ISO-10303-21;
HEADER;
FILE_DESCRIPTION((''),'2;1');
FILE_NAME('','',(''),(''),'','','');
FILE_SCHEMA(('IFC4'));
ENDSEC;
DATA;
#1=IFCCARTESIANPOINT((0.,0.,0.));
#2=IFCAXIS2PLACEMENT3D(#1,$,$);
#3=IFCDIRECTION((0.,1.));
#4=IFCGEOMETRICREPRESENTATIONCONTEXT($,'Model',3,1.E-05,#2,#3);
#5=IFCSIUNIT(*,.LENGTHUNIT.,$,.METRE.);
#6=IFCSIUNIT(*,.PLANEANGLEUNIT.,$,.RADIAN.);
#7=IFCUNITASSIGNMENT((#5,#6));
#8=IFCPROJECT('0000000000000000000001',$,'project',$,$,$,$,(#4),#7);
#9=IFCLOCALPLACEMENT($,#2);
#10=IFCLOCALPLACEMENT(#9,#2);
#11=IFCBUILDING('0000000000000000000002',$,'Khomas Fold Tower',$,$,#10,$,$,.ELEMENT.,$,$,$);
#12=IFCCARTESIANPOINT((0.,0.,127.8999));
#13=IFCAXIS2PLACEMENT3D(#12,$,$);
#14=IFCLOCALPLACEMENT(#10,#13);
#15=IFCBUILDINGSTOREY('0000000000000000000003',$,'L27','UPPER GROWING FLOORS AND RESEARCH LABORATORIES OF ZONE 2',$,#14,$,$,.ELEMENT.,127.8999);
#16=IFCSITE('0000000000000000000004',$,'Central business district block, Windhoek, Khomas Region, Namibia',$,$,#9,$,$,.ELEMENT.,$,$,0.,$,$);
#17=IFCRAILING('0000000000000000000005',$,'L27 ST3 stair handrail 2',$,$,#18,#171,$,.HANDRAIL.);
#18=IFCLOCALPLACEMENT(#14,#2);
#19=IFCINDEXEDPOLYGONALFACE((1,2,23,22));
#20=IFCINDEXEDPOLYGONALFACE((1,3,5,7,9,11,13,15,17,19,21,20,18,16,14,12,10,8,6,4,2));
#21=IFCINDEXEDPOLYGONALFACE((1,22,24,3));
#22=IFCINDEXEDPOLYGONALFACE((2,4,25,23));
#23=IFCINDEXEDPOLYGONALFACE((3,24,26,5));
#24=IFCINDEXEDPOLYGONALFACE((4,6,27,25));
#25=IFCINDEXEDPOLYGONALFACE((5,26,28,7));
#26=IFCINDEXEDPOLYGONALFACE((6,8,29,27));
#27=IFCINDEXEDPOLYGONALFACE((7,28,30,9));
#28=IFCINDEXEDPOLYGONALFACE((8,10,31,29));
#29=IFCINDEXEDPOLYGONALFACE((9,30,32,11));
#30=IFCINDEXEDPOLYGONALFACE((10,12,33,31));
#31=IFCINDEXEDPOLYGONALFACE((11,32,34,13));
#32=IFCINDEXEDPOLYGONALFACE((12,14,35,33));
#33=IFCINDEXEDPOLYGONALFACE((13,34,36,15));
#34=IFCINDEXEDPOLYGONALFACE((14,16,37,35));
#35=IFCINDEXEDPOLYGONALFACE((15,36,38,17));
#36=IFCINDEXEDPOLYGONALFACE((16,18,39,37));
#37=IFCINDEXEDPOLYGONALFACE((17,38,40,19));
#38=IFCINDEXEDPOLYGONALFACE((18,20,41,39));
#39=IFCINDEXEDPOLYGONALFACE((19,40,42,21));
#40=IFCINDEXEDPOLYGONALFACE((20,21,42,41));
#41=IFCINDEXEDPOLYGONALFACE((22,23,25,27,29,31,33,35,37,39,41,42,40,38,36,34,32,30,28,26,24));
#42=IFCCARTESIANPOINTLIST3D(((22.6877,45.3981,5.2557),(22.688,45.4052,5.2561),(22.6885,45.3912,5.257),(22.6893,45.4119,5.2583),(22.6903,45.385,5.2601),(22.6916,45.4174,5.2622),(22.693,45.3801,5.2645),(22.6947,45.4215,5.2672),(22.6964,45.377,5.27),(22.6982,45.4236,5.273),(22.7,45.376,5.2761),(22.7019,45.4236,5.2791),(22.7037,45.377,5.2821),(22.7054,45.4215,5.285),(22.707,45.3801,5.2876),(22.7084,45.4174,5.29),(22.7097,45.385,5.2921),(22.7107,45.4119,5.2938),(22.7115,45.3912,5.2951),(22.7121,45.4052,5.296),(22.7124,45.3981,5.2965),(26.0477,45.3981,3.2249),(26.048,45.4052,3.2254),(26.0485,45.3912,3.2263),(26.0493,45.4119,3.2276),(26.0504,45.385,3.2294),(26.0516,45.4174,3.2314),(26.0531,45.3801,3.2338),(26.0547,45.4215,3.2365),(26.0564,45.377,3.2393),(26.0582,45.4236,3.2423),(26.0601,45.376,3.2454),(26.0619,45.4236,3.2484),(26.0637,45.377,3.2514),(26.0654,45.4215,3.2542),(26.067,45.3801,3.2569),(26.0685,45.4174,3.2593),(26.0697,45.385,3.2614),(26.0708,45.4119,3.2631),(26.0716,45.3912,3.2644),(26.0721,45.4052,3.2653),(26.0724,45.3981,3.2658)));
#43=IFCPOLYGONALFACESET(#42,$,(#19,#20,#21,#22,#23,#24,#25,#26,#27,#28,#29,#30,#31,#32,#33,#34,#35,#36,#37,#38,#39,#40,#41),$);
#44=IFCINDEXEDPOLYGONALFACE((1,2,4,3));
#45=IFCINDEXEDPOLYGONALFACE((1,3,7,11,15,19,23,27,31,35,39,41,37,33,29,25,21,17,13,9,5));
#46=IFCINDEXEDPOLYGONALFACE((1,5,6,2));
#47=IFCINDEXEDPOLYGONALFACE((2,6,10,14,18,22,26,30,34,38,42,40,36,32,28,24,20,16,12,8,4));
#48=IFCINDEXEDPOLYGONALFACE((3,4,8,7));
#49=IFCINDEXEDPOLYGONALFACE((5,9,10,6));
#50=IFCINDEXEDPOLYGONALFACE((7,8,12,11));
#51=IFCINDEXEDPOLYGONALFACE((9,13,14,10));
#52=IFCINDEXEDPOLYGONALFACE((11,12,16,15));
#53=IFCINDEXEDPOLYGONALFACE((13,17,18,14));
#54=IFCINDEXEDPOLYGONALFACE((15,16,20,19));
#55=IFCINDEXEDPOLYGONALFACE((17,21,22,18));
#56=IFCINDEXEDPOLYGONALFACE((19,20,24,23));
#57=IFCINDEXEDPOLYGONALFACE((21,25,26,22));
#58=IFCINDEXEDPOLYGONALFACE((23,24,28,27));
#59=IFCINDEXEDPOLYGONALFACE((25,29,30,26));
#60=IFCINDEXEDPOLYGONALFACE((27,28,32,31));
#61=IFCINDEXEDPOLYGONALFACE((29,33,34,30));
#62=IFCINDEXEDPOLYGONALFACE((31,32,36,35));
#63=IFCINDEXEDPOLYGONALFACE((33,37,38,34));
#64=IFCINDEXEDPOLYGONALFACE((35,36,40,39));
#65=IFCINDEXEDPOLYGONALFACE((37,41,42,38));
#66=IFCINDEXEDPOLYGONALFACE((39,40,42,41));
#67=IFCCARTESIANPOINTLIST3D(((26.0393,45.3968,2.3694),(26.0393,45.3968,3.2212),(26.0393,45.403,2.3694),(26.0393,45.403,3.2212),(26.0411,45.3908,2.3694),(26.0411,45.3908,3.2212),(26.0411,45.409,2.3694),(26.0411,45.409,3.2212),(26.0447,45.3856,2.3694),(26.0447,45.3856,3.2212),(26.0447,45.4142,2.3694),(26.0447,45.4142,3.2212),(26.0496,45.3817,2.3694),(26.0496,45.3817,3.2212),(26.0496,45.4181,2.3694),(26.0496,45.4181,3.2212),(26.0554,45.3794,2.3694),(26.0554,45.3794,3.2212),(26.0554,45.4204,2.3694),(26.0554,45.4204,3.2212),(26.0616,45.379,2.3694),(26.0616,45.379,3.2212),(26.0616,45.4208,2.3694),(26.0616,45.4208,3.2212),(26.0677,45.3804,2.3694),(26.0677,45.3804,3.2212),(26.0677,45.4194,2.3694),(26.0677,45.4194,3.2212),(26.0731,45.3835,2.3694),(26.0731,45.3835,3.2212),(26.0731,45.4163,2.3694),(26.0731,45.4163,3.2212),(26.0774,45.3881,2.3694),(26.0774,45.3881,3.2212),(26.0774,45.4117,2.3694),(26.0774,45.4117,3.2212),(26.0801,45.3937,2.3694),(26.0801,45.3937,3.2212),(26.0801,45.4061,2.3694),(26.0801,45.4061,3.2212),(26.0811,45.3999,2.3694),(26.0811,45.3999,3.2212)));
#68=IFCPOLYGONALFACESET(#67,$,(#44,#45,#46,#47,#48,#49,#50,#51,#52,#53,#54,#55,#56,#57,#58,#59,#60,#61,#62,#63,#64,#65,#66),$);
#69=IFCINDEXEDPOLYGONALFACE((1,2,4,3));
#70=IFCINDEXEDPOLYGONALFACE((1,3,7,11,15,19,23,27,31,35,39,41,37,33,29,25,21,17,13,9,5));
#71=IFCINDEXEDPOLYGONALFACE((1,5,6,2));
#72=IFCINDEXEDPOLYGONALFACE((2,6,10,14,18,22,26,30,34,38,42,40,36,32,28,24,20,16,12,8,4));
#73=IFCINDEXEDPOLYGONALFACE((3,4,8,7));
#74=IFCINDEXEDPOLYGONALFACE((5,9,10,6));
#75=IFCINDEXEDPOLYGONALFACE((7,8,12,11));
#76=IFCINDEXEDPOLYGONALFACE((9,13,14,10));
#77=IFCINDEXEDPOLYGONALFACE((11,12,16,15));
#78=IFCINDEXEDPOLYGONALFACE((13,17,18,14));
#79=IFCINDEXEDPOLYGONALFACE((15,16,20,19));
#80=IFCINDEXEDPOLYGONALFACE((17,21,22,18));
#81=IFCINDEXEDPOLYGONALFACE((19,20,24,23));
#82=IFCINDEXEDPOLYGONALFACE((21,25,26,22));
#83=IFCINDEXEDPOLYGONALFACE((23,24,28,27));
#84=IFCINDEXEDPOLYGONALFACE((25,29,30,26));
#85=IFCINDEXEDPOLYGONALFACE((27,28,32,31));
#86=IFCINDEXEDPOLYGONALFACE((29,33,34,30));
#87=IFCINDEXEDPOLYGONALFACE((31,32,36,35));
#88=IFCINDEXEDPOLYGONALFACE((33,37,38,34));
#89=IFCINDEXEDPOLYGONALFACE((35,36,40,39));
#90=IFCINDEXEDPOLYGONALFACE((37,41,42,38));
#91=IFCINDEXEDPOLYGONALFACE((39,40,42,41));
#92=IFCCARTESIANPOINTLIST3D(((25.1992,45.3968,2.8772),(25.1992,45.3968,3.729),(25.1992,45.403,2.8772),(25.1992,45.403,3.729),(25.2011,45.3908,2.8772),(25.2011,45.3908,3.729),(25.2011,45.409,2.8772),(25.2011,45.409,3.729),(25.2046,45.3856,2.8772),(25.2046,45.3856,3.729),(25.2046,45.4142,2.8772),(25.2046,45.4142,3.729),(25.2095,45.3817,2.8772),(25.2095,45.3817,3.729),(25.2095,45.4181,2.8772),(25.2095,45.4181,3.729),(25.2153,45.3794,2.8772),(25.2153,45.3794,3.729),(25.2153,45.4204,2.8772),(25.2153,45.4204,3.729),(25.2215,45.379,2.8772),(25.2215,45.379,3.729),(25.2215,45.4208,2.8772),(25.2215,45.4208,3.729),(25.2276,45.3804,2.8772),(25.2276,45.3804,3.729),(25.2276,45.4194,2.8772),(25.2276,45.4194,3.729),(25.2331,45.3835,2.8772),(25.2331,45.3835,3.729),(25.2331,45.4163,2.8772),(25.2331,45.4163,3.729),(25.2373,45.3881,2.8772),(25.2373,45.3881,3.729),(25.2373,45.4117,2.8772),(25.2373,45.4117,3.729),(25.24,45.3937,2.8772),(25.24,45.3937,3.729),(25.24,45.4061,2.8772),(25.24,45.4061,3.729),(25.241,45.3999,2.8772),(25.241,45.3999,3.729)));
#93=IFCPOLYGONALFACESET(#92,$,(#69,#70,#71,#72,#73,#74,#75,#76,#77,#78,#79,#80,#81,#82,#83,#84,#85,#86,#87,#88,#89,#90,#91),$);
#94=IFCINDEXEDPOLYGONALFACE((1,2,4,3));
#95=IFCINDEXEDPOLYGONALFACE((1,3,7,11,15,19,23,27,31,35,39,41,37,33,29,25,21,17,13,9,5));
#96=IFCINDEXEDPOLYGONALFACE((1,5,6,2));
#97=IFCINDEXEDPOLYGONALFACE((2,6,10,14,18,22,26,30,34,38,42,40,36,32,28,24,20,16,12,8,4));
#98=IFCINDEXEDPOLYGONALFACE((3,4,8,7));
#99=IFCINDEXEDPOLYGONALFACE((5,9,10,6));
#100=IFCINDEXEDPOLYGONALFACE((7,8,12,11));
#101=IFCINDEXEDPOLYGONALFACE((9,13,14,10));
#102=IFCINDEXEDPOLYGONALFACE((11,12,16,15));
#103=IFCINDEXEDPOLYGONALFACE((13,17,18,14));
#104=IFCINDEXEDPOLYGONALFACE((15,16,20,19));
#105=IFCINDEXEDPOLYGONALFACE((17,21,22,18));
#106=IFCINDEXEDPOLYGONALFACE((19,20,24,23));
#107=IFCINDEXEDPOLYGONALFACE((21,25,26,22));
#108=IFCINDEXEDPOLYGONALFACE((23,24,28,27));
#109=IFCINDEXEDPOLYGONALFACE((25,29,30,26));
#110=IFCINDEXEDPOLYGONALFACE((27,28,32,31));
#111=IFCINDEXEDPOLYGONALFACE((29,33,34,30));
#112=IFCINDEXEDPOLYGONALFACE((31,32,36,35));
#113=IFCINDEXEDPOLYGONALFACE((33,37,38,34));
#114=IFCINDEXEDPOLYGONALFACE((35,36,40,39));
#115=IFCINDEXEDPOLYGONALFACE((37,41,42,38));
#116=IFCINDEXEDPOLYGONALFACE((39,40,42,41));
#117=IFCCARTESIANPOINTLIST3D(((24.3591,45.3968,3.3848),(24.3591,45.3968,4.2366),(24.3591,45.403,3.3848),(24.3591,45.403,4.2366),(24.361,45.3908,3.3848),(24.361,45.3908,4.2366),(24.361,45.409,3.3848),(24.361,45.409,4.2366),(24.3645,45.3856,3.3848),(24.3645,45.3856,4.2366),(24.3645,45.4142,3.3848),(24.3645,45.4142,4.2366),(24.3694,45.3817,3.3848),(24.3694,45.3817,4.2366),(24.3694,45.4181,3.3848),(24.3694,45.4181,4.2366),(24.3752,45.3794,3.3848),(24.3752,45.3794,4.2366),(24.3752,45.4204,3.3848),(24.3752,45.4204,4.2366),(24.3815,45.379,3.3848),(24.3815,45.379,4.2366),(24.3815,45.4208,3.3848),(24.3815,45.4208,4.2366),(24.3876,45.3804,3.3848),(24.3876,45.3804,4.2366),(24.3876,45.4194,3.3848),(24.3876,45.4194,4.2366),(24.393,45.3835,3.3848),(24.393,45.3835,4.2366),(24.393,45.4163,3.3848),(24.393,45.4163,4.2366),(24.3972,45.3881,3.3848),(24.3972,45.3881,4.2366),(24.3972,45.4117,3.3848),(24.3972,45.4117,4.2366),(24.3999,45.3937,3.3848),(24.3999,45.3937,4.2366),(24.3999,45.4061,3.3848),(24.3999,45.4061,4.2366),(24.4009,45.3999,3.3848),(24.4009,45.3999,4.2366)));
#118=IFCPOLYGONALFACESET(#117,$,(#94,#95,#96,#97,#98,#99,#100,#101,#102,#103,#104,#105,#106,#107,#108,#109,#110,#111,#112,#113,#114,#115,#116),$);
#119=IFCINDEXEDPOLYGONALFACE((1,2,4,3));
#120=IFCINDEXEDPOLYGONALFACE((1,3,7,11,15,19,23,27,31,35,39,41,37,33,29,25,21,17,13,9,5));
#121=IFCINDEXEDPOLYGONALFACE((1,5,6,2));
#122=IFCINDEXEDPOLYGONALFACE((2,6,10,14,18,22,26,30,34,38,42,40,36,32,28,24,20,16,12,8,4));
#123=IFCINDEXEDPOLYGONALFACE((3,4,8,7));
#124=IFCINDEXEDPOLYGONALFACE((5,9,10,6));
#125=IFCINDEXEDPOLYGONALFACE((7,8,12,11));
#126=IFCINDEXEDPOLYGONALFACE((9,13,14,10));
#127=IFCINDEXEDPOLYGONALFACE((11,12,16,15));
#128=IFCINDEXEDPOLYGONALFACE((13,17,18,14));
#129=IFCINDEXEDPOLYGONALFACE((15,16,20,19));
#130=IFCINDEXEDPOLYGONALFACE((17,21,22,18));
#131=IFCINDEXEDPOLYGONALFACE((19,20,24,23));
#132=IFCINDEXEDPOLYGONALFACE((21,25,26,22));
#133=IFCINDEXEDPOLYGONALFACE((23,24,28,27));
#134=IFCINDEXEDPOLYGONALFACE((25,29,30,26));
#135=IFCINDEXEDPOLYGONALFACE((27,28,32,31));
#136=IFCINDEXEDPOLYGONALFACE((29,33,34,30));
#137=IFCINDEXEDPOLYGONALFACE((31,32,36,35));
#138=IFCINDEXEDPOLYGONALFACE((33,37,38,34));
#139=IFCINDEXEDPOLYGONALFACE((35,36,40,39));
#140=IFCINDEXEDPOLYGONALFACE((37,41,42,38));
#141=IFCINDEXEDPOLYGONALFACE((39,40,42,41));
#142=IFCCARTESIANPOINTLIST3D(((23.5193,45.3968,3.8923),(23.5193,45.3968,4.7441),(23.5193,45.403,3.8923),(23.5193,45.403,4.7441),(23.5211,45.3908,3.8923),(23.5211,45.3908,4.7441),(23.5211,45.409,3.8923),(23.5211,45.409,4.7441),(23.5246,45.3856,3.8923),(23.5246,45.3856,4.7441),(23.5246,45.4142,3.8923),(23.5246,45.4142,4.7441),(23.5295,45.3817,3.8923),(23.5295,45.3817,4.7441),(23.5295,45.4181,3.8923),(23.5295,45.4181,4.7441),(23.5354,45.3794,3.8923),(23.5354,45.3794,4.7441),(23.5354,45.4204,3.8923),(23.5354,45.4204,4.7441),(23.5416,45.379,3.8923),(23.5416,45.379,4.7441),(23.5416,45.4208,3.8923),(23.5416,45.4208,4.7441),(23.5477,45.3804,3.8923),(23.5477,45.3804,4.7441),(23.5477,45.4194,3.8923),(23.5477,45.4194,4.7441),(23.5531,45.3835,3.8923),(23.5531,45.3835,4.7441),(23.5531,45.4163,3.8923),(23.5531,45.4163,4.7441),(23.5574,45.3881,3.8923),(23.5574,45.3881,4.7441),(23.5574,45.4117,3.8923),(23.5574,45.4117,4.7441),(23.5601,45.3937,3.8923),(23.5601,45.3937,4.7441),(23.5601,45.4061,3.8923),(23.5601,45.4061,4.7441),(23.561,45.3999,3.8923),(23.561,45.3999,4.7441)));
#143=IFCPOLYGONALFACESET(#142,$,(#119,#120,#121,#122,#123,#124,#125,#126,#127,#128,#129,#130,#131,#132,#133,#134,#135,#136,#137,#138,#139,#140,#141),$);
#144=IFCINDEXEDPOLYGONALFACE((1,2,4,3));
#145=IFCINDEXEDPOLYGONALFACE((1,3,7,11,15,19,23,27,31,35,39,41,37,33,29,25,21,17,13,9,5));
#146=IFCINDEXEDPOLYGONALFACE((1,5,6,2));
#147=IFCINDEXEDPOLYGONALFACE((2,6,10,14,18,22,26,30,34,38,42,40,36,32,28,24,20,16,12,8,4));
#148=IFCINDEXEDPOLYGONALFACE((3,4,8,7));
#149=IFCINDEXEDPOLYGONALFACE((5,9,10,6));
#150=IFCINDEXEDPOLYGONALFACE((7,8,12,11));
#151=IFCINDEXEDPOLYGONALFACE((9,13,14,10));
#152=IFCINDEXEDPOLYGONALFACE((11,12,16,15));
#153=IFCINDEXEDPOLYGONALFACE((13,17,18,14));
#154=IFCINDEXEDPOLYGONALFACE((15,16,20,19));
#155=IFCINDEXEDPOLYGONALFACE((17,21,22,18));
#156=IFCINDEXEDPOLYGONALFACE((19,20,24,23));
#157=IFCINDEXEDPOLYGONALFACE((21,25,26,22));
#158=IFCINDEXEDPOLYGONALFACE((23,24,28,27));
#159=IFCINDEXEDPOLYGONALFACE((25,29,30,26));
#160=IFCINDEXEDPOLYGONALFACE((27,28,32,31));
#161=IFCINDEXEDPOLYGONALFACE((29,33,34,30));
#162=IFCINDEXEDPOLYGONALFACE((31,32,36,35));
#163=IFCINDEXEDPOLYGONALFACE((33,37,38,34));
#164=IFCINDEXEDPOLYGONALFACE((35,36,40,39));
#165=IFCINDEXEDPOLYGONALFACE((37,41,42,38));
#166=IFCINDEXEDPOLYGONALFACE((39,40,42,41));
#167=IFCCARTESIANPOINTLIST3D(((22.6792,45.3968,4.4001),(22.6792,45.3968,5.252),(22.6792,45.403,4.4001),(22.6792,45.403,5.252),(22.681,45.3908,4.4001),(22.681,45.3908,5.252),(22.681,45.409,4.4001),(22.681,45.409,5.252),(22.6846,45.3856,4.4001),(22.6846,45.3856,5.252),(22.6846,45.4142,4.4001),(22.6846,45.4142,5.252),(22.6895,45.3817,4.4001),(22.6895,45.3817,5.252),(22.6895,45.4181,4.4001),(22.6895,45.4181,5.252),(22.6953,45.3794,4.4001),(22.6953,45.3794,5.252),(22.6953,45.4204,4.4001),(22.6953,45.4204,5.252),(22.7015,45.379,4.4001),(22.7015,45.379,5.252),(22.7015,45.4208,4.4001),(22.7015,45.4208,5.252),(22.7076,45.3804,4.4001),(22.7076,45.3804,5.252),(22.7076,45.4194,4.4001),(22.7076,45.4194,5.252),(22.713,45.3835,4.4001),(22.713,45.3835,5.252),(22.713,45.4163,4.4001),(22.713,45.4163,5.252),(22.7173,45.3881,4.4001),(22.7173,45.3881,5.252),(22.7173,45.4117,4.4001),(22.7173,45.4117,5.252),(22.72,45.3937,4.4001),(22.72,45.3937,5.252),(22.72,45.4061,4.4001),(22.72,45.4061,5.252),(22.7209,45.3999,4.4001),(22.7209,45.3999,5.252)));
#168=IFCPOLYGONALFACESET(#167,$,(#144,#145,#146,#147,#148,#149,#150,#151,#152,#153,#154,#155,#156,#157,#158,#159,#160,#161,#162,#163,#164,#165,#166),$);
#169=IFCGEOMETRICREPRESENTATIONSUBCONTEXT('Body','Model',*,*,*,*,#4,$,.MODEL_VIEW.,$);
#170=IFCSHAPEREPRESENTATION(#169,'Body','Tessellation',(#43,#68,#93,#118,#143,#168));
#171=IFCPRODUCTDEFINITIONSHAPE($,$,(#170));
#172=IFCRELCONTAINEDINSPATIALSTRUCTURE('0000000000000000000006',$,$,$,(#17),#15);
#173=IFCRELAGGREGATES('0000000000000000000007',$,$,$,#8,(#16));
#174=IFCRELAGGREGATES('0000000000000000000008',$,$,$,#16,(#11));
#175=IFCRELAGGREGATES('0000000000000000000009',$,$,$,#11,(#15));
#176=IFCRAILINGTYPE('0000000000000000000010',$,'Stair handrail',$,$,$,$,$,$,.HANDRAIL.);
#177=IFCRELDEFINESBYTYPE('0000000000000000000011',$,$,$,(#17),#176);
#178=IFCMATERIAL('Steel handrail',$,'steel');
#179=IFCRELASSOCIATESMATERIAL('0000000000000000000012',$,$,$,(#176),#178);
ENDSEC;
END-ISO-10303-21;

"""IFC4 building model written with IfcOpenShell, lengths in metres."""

from ifc_helpers import new_model, si_unit, direction, frame, origin, origin_2d, place, context, subcontext, project, spatial, circle, extrude, source, transform, mapped, material, type_object, element, save


model = new_model("IFC4")

# Units and contexts
model_context = context("Model", 3, precision=1e-05, world=origin(), true_north=direction((0.0, 1.0)))
body_context = subcontext(model_context, "Body", "Model", "MODEL_VIEW")
ifc_project = project(units=[si_unit("LENGTHUNIT", "METRE"), si_unit("PLANEANGLEUNIT", "RADIAN")], contexts=[model_context])

# Site, building, storey
site_placement = place(None, origin())
site = spatial("IfcSite", under=ifc_project, at=site_placement, Name="Central business district block, Windhoek, Khomas Region, Namibia", CompositionType="ELEMENT", RefElevation=0.0)
building_placement = place(site_placement, origin())
building = spatial("IfcBuilding", under=site, at=building_placement, Name="Khomas Fold Tower", CompositionType="ELEMENT")
storey_placement = place(building_placement, frame((0.0, 0.0, 127.8999)))
storey = spatial("IfcBuildingStorey", under=building, at=storey_placement, Name="L27", Description="UPPER GROWING FLOORS AND RESEARCH LABORATORIES OF ZONE 2", CompositionType="ELEMENT", Elevation=127.8999)

# Railing
ifc_material_1 = material(Name="Steel handrail", Category="steel")
railing_type_1 = type_object("IfcRailingType", Name="Stair handrail", PredefinedType="HANDRAIL", material=ifc_material_1)
shared_shape_1 = source(origin(), body_context, "Body", "SweptSolid", [
    extrude(circle(Radius=0.0239, at=origin_2d()), frame((0.0, 0.0, 0.876), z_axis=(-0.855837, 0.0, 0.517246), x_axis=(0.0, -1.0, 0.0)), (0.0, 0.0, 1.0), 3.926),
    extrude(circle(Radius=0.021, at=origin_2d()), origin(), (0.0, 0.0, 1.0), 0.8518),
    extrude(circle(Radius=0.021, at=origin_2d()), frame((-0.8401, 0.0, 0.5078)), (0.0, 0.0, 1.0), 0.8518),
    extrude(circle(Radius=0.021, at=origin_2d()), frame((-1.6802, 0.0, 1.0154)), (0.0, 0.0, 1.0), 0.8518),
    extrude(circle(Radius=0.021, at=origin_2d()), frame((-2.52, 0.0, 1.5229)), (0.0, 0.0, 1.0), 0.8518),
    extrude(circle(Radius=0.021, at=origin_2d()), frame((-3.3601, 0.0, 2.0308)), (0.0, 0.0, 1.0), 0.8518),
])
railing_1_placement = place(storey_placement, frame((26.0601, 45.3999, 2.3694)))
element("IfcRailing", 1, at=railing_1_placement, inside=storey, type_object=railing_type_1, Name="L27 ST3 stair handrail 2", PredefinedType="HANDRAIL", context=body_context, shape_type="MappedRepresentation", body=[
    mapped(shared_shape_1, transform((0.0, 0.0, 0.0))),
])

save(model, "model.ifc")
